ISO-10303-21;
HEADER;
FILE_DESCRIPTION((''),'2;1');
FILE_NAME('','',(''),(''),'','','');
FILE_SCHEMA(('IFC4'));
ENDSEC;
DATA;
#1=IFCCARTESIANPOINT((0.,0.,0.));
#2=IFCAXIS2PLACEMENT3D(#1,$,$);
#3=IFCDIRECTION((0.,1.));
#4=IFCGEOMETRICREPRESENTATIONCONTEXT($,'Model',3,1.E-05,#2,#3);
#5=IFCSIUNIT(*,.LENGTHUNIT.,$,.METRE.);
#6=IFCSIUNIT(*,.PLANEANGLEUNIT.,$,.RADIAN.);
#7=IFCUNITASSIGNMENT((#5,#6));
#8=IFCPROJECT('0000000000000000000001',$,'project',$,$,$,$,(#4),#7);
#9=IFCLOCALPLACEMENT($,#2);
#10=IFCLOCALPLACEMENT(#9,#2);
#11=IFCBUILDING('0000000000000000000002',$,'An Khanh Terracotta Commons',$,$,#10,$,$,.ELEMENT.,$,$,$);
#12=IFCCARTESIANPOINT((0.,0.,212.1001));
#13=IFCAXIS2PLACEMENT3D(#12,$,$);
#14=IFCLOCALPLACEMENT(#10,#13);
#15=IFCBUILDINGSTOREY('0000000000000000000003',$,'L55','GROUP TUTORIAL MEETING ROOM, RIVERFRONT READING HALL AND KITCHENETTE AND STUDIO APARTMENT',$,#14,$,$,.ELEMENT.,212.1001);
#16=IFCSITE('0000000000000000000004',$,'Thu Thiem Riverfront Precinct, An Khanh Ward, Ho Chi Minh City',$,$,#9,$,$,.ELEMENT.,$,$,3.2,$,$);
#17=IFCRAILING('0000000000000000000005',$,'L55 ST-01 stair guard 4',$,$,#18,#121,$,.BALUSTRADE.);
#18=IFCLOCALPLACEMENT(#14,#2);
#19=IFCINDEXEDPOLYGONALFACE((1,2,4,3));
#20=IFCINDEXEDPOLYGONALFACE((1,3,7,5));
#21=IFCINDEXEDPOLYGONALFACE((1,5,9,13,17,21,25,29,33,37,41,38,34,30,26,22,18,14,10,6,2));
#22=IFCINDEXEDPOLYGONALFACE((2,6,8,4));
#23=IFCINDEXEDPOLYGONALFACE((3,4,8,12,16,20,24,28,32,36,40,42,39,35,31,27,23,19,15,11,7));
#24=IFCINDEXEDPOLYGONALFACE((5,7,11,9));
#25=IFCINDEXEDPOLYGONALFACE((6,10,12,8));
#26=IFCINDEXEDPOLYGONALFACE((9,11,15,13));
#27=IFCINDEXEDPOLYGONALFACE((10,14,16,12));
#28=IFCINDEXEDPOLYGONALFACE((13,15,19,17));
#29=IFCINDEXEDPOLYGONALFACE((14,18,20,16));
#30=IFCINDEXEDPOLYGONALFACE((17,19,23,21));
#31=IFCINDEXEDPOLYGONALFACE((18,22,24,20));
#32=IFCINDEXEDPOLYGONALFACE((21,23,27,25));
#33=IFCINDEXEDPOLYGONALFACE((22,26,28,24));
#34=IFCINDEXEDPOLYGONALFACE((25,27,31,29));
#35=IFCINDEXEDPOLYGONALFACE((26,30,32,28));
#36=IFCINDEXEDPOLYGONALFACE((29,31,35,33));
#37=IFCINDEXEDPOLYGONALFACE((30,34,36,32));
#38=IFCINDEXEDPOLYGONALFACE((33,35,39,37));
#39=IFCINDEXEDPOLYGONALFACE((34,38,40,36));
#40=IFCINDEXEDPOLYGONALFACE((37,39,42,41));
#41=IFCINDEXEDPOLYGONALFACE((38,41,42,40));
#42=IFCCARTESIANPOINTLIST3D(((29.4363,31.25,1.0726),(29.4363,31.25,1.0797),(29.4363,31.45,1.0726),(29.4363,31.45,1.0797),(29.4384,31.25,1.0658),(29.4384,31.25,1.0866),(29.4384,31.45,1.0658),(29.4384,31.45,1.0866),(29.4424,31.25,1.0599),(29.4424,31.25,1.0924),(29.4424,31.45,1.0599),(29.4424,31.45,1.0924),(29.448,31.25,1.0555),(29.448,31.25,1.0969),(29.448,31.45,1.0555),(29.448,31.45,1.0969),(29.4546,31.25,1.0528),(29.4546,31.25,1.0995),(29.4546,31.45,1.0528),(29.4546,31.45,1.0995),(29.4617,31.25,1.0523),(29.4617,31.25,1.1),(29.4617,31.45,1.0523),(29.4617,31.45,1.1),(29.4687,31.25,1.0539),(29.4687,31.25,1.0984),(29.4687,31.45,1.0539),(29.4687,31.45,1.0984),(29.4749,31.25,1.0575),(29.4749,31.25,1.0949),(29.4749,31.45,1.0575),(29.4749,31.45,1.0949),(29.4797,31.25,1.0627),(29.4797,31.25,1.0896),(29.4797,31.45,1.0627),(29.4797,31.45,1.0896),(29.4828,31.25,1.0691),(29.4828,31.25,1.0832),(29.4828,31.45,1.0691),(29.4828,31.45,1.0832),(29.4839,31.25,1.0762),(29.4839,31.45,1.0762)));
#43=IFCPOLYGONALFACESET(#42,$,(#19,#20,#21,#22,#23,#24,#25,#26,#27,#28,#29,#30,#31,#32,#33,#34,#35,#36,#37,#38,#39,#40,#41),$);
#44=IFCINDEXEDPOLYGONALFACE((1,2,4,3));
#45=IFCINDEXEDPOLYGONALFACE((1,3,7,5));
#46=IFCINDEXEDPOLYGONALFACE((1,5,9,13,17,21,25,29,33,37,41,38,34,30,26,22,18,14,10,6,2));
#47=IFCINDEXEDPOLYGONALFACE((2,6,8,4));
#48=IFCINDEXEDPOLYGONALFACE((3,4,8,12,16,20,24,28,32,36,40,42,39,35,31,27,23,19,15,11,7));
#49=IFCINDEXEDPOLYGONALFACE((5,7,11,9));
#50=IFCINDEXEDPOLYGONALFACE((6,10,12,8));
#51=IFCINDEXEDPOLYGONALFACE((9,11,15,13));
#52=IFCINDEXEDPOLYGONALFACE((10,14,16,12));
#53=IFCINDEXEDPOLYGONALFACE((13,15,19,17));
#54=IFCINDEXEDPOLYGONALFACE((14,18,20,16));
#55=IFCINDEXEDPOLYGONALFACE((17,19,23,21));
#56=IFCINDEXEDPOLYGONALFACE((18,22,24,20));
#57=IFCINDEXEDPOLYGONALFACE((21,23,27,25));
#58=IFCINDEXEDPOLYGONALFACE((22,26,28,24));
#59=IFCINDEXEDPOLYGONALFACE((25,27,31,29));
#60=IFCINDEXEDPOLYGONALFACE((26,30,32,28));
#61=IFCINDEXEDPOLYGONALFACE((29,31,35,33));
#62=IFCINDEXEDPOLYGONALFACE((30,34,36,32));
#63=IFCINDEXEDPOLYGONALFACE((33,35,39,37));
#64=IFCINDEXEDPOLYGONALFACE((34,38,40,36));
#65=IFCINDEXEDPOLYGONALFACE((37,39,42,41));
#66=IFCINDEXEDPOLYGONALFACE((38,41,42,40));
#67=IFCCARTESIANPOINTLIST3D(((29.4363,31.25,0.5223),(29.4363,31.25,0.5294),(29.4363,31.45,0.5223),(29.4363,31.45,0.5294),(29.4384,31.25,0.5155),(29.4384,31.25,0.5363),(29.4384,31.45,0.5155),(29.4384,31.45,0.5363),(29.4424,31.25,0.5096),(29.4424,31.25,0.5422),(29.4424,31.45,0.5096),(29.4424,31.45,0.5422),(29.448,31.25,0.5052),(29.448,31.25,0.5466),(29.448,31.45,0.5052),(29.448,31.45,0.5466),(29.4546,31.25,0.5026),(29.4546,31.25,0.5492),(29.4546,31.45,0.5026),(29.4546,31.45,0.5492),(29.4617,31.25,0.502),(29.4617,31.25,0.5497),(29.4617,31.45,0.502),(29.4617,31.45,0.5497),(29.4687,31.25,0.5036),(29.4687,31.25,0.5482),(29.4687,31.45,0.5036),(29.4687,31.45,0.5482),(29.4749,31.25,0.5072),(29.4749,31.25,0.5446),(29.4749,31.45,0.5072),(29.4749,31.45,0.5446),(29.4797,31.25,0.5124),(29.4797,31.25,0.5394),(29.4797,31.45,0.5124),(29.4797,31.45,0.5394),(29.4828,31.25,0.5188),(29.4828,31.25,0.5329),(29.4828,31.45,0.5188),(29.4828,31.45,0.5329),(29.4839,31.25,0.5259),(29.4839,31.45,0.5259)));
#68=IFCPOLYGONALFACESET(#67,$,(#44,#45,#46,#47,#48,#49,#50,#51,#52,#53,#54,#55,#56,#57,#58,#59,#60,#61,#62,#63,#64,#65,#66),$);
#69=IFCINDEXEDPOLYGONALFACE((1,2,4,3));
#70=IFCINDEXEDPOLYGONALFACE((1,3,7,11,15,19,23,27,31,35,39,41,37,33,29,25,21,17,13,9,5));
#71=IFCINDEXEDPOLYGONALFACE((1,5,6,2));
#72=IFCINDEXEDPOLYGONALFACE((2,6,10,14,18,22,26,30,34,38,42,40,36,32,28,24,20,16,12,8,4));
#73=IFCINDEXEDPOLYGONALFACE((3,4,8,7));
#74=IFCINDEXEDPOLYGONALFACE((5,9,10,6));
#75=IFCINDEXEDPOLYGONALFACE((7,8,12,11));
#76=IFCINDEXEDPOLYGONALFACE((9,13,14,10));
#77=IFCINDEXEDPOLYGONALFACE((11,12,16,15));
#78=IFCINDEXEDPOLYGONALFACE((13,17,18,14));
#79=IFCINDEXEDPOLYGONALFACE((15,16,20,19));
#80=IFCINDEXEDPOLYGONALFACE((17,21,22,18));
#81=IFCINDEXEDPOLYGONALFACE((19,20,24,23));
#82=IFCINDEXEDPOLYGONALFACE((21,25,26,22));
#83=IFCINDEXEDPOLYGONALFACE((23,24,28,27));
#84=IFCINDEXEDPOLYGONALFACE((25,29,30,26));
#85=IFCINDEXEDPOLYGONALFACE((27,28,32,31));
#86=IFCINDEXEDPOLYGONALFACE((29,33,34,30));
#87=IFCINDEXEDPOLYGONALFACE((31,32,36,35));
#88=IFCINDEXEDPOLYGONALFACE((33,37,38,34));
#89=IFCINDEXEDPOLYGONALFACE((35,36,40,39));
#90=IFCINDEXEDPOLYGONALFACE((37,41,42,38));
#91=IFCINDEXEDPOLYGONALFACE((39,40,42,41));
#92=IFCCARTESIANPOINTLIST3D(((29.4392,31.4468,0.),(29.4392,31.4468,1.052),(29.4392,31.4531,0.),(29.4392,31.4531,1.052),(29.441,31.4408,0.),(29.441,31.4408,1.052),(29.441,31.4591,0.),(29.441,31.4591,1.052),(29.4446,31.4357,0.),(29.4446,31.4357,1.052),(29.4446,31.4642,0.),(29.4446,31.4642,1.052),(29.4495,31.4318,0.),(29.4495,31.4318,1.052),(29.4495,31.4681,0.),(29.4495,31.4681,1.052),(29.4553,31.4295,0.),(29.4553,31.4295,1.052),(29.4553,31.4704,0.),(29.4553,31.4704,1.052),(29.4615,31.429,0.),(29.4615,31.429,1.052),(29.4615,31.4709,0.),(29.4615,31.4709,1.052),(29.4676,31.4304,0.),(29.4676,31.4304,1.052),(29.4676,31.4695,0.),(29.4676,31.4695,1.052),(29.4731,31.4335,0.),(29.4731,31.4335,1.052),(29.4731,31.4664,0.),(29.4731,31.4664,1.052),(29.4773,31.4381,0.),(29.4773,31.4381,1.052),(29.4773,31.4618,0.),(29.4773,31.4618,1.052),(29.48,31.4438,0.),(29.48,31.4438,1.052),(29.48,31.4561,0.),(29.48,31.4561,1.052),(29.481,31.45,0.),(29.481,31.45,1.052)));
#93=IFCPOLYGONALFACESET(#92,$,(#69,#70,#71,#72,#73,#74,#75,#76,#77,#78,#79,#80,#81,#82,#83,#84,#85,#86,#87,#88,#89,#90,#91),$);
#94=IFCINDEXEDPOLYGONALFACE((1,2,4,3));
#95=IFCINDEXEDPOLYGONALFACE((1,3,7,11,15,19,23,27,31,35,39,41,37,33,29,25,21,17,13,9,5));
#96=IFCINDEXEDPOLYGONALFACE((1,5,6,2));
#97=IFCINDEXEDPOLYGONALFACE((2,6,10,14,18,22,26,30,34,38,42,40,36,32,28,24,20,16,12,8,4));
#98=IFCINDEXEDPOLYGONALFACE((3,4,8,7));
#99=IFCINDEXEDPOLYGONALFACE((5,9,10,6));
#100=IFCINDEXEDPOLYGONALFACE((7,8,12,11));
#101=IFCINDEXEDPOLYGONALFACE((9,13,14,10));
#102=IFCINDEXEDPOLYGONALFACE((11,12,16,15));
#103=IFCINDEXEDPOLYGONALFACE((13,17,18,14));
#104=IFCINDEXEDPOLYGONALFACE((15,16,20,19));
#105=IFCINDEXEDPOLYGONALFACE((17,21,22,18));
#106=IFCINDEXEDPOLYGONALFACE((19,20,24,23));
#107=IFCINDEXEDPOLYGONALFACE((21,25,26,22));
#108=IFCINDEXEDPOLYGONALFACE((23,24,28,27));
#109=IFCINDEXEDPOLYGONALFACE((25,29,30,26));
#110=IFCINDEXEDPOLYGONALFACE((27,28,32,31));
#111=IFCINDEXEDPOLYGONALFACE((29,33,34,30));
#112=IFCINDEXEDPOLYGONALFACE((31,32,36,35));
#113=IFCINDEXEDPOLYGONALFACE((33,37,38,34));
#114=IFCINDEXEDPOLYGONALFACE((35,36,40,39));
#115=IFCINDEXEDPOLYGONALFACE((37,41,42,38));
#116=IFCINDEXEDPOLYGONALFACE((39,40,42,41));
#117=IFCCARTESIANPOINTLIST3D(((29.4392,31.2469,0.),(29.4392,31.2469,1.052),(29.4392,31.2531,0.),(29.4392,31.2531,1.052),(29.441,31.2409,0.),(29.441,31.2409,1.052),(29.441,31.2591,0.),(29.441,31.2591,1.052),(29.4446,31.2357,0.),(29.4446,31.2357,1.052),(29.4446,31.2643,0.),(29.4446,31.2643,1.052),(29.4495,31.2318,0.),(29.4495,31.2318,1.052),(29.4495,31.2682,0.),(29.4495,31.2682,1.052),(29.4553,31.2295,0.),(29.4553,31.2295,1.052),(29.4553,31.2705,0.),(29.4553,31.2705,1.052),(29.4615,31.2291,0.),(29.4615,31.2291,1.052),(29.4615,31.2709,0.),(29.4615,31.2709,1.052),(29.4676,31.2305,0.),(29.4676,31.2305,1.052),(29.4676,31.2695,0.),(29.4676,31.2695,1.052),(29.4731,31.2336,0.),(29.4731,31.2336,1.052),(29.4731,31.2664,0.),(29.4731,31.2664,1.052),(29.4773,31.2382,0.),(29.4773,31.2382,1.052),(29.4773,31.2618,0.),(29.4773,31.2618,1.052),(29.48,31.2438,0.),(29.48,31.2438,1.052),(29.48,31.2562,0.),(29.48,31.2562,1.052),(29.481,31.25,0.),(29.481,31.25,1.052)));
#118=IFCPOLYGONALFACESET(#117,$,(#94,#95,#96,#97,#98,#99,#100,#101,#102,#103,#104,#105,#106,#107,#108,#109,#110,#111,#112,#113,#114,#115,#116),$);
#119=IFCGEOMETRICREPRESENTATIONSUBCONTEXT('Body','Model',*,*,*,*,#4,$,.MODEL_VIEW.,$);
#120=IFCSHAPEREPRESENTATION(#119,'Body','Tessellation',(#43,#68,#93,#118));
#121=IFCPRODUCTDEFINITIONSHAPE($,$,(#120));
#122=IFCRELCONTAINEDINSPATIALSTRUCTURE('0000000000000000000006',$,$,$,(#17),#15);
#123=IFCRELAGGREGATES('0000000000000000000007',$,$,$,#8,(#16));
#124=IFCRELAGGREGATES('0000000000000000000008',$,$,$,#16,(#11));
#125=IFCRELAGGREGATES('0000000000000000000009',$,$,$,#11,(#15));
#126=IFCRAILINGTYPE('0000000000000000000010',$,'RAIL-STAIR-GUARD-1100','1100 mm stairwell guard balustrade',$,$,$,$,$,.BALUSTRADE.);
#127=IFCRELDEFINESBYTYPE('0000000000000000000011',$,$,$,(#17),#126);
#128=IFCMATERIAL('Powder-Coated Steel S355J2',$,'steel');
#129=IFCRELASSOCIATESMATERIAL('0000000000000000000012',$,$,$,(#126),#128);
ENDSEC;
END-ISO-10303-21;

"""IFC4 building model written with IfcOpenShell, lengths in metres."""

from ifc_helpers import new_model, si_unit, direction, frame, origin, origin_2d, place, context, subcontext, project, spatial, circle, extrude, material, type_object, element, save


model = new_model("IFC4")

# Units and contexts
model_context = context("Model", 3, precision=1e-05, world=origin(), true_north=direction((0.0, 1.0)))
body_context = subcontext(model_context, "Body", "Model", "MODEL_VIEW")
ifc_project = project(units=[si_unit("LENGTHUNIT", "METRE"), si_unit("PLANEANGLEUNIT", "RADIAN")], contexts=[model_context])

# Site, building, storey
site_placement = place(None, origin())
site = spatial("IfcSite", under=ifc_project, at=site_placement, Name="Thu Thiem Riverfront Precinct, An Khanh Ward, Ho Chi Minh City", CompositionType="ELEMENT", RefElevation=3.2)
building_placement = place(site_placement, origin())
building = spatial("IfcBuilding", under=site, at=building_placement, Name="An Khanh Terracotta Commons", CompositionType="ELEMENT")
storey_placement = place(building_placement, frame((0.0, 0.0, 212.1001)))
storey = spatial("IfcBuildingStorey", under=building, at=storey_placement, Name="L55", Description="GROUP TUTORIAL MEETING ROOM, RIVERFRONT READING HALL AND KITCHENETTE AND STUDIO APARTMENT", CompositionType="ELEMENT", Elevation=212.1001)

# Railing
ifc_material_1 = material(Name="Powder-Coated Steel S355J2", Category="steel")
railing_type_1 = type_object("IfcRailingType", Name="RAIL-STAIR-GUARD-1100", Description="1100 mm stairwell guard balustrade", PredefinedType="BALUSTRADE", material=ifc_material_1)
railing_1_placement = place(storey_placement, frame((29.46, 31.45, 0.0)))
element("IfcRailing", 1, at=railing_1_placement, inside=storey, type_object=railing_type_1, Name="L55 ST-01 stair guard 4", PredefinedType="BALUSTRADE", context=body_context, shape_type="SweptSolid", body=[
    extrude(circle(Radius=0.0239, at=origin_2d()), frame((0.0, 0.0, 1.0762), z_axis=(0.0, -1.0, 0.0), x_axis=(1.0, 0.0, 0.0)), (0.0, 0.0, 1.0), 0.2),
    extrude(circle(Radius=0.0239, at=origin_2d()), frame((0.0, 0.0, 0.5259), z_axis=(0.0, -1.0, 0.0), x_axis=(1.0, 0.0, 0.0)), (0.0, 0.0, 1.0), 0.2),
    extrude(circle(Radius=0.021, at=origin_2d()), origin(), (0.0, 0.0, 1.0), 1.052),
    extrude(circle(Radius=0.021, at=origin_2d()), frame((0.0, -0.2, 0.0)), (0.0, 0.0, 1.0), 1.052),
])

save(model, "model.ifc")
